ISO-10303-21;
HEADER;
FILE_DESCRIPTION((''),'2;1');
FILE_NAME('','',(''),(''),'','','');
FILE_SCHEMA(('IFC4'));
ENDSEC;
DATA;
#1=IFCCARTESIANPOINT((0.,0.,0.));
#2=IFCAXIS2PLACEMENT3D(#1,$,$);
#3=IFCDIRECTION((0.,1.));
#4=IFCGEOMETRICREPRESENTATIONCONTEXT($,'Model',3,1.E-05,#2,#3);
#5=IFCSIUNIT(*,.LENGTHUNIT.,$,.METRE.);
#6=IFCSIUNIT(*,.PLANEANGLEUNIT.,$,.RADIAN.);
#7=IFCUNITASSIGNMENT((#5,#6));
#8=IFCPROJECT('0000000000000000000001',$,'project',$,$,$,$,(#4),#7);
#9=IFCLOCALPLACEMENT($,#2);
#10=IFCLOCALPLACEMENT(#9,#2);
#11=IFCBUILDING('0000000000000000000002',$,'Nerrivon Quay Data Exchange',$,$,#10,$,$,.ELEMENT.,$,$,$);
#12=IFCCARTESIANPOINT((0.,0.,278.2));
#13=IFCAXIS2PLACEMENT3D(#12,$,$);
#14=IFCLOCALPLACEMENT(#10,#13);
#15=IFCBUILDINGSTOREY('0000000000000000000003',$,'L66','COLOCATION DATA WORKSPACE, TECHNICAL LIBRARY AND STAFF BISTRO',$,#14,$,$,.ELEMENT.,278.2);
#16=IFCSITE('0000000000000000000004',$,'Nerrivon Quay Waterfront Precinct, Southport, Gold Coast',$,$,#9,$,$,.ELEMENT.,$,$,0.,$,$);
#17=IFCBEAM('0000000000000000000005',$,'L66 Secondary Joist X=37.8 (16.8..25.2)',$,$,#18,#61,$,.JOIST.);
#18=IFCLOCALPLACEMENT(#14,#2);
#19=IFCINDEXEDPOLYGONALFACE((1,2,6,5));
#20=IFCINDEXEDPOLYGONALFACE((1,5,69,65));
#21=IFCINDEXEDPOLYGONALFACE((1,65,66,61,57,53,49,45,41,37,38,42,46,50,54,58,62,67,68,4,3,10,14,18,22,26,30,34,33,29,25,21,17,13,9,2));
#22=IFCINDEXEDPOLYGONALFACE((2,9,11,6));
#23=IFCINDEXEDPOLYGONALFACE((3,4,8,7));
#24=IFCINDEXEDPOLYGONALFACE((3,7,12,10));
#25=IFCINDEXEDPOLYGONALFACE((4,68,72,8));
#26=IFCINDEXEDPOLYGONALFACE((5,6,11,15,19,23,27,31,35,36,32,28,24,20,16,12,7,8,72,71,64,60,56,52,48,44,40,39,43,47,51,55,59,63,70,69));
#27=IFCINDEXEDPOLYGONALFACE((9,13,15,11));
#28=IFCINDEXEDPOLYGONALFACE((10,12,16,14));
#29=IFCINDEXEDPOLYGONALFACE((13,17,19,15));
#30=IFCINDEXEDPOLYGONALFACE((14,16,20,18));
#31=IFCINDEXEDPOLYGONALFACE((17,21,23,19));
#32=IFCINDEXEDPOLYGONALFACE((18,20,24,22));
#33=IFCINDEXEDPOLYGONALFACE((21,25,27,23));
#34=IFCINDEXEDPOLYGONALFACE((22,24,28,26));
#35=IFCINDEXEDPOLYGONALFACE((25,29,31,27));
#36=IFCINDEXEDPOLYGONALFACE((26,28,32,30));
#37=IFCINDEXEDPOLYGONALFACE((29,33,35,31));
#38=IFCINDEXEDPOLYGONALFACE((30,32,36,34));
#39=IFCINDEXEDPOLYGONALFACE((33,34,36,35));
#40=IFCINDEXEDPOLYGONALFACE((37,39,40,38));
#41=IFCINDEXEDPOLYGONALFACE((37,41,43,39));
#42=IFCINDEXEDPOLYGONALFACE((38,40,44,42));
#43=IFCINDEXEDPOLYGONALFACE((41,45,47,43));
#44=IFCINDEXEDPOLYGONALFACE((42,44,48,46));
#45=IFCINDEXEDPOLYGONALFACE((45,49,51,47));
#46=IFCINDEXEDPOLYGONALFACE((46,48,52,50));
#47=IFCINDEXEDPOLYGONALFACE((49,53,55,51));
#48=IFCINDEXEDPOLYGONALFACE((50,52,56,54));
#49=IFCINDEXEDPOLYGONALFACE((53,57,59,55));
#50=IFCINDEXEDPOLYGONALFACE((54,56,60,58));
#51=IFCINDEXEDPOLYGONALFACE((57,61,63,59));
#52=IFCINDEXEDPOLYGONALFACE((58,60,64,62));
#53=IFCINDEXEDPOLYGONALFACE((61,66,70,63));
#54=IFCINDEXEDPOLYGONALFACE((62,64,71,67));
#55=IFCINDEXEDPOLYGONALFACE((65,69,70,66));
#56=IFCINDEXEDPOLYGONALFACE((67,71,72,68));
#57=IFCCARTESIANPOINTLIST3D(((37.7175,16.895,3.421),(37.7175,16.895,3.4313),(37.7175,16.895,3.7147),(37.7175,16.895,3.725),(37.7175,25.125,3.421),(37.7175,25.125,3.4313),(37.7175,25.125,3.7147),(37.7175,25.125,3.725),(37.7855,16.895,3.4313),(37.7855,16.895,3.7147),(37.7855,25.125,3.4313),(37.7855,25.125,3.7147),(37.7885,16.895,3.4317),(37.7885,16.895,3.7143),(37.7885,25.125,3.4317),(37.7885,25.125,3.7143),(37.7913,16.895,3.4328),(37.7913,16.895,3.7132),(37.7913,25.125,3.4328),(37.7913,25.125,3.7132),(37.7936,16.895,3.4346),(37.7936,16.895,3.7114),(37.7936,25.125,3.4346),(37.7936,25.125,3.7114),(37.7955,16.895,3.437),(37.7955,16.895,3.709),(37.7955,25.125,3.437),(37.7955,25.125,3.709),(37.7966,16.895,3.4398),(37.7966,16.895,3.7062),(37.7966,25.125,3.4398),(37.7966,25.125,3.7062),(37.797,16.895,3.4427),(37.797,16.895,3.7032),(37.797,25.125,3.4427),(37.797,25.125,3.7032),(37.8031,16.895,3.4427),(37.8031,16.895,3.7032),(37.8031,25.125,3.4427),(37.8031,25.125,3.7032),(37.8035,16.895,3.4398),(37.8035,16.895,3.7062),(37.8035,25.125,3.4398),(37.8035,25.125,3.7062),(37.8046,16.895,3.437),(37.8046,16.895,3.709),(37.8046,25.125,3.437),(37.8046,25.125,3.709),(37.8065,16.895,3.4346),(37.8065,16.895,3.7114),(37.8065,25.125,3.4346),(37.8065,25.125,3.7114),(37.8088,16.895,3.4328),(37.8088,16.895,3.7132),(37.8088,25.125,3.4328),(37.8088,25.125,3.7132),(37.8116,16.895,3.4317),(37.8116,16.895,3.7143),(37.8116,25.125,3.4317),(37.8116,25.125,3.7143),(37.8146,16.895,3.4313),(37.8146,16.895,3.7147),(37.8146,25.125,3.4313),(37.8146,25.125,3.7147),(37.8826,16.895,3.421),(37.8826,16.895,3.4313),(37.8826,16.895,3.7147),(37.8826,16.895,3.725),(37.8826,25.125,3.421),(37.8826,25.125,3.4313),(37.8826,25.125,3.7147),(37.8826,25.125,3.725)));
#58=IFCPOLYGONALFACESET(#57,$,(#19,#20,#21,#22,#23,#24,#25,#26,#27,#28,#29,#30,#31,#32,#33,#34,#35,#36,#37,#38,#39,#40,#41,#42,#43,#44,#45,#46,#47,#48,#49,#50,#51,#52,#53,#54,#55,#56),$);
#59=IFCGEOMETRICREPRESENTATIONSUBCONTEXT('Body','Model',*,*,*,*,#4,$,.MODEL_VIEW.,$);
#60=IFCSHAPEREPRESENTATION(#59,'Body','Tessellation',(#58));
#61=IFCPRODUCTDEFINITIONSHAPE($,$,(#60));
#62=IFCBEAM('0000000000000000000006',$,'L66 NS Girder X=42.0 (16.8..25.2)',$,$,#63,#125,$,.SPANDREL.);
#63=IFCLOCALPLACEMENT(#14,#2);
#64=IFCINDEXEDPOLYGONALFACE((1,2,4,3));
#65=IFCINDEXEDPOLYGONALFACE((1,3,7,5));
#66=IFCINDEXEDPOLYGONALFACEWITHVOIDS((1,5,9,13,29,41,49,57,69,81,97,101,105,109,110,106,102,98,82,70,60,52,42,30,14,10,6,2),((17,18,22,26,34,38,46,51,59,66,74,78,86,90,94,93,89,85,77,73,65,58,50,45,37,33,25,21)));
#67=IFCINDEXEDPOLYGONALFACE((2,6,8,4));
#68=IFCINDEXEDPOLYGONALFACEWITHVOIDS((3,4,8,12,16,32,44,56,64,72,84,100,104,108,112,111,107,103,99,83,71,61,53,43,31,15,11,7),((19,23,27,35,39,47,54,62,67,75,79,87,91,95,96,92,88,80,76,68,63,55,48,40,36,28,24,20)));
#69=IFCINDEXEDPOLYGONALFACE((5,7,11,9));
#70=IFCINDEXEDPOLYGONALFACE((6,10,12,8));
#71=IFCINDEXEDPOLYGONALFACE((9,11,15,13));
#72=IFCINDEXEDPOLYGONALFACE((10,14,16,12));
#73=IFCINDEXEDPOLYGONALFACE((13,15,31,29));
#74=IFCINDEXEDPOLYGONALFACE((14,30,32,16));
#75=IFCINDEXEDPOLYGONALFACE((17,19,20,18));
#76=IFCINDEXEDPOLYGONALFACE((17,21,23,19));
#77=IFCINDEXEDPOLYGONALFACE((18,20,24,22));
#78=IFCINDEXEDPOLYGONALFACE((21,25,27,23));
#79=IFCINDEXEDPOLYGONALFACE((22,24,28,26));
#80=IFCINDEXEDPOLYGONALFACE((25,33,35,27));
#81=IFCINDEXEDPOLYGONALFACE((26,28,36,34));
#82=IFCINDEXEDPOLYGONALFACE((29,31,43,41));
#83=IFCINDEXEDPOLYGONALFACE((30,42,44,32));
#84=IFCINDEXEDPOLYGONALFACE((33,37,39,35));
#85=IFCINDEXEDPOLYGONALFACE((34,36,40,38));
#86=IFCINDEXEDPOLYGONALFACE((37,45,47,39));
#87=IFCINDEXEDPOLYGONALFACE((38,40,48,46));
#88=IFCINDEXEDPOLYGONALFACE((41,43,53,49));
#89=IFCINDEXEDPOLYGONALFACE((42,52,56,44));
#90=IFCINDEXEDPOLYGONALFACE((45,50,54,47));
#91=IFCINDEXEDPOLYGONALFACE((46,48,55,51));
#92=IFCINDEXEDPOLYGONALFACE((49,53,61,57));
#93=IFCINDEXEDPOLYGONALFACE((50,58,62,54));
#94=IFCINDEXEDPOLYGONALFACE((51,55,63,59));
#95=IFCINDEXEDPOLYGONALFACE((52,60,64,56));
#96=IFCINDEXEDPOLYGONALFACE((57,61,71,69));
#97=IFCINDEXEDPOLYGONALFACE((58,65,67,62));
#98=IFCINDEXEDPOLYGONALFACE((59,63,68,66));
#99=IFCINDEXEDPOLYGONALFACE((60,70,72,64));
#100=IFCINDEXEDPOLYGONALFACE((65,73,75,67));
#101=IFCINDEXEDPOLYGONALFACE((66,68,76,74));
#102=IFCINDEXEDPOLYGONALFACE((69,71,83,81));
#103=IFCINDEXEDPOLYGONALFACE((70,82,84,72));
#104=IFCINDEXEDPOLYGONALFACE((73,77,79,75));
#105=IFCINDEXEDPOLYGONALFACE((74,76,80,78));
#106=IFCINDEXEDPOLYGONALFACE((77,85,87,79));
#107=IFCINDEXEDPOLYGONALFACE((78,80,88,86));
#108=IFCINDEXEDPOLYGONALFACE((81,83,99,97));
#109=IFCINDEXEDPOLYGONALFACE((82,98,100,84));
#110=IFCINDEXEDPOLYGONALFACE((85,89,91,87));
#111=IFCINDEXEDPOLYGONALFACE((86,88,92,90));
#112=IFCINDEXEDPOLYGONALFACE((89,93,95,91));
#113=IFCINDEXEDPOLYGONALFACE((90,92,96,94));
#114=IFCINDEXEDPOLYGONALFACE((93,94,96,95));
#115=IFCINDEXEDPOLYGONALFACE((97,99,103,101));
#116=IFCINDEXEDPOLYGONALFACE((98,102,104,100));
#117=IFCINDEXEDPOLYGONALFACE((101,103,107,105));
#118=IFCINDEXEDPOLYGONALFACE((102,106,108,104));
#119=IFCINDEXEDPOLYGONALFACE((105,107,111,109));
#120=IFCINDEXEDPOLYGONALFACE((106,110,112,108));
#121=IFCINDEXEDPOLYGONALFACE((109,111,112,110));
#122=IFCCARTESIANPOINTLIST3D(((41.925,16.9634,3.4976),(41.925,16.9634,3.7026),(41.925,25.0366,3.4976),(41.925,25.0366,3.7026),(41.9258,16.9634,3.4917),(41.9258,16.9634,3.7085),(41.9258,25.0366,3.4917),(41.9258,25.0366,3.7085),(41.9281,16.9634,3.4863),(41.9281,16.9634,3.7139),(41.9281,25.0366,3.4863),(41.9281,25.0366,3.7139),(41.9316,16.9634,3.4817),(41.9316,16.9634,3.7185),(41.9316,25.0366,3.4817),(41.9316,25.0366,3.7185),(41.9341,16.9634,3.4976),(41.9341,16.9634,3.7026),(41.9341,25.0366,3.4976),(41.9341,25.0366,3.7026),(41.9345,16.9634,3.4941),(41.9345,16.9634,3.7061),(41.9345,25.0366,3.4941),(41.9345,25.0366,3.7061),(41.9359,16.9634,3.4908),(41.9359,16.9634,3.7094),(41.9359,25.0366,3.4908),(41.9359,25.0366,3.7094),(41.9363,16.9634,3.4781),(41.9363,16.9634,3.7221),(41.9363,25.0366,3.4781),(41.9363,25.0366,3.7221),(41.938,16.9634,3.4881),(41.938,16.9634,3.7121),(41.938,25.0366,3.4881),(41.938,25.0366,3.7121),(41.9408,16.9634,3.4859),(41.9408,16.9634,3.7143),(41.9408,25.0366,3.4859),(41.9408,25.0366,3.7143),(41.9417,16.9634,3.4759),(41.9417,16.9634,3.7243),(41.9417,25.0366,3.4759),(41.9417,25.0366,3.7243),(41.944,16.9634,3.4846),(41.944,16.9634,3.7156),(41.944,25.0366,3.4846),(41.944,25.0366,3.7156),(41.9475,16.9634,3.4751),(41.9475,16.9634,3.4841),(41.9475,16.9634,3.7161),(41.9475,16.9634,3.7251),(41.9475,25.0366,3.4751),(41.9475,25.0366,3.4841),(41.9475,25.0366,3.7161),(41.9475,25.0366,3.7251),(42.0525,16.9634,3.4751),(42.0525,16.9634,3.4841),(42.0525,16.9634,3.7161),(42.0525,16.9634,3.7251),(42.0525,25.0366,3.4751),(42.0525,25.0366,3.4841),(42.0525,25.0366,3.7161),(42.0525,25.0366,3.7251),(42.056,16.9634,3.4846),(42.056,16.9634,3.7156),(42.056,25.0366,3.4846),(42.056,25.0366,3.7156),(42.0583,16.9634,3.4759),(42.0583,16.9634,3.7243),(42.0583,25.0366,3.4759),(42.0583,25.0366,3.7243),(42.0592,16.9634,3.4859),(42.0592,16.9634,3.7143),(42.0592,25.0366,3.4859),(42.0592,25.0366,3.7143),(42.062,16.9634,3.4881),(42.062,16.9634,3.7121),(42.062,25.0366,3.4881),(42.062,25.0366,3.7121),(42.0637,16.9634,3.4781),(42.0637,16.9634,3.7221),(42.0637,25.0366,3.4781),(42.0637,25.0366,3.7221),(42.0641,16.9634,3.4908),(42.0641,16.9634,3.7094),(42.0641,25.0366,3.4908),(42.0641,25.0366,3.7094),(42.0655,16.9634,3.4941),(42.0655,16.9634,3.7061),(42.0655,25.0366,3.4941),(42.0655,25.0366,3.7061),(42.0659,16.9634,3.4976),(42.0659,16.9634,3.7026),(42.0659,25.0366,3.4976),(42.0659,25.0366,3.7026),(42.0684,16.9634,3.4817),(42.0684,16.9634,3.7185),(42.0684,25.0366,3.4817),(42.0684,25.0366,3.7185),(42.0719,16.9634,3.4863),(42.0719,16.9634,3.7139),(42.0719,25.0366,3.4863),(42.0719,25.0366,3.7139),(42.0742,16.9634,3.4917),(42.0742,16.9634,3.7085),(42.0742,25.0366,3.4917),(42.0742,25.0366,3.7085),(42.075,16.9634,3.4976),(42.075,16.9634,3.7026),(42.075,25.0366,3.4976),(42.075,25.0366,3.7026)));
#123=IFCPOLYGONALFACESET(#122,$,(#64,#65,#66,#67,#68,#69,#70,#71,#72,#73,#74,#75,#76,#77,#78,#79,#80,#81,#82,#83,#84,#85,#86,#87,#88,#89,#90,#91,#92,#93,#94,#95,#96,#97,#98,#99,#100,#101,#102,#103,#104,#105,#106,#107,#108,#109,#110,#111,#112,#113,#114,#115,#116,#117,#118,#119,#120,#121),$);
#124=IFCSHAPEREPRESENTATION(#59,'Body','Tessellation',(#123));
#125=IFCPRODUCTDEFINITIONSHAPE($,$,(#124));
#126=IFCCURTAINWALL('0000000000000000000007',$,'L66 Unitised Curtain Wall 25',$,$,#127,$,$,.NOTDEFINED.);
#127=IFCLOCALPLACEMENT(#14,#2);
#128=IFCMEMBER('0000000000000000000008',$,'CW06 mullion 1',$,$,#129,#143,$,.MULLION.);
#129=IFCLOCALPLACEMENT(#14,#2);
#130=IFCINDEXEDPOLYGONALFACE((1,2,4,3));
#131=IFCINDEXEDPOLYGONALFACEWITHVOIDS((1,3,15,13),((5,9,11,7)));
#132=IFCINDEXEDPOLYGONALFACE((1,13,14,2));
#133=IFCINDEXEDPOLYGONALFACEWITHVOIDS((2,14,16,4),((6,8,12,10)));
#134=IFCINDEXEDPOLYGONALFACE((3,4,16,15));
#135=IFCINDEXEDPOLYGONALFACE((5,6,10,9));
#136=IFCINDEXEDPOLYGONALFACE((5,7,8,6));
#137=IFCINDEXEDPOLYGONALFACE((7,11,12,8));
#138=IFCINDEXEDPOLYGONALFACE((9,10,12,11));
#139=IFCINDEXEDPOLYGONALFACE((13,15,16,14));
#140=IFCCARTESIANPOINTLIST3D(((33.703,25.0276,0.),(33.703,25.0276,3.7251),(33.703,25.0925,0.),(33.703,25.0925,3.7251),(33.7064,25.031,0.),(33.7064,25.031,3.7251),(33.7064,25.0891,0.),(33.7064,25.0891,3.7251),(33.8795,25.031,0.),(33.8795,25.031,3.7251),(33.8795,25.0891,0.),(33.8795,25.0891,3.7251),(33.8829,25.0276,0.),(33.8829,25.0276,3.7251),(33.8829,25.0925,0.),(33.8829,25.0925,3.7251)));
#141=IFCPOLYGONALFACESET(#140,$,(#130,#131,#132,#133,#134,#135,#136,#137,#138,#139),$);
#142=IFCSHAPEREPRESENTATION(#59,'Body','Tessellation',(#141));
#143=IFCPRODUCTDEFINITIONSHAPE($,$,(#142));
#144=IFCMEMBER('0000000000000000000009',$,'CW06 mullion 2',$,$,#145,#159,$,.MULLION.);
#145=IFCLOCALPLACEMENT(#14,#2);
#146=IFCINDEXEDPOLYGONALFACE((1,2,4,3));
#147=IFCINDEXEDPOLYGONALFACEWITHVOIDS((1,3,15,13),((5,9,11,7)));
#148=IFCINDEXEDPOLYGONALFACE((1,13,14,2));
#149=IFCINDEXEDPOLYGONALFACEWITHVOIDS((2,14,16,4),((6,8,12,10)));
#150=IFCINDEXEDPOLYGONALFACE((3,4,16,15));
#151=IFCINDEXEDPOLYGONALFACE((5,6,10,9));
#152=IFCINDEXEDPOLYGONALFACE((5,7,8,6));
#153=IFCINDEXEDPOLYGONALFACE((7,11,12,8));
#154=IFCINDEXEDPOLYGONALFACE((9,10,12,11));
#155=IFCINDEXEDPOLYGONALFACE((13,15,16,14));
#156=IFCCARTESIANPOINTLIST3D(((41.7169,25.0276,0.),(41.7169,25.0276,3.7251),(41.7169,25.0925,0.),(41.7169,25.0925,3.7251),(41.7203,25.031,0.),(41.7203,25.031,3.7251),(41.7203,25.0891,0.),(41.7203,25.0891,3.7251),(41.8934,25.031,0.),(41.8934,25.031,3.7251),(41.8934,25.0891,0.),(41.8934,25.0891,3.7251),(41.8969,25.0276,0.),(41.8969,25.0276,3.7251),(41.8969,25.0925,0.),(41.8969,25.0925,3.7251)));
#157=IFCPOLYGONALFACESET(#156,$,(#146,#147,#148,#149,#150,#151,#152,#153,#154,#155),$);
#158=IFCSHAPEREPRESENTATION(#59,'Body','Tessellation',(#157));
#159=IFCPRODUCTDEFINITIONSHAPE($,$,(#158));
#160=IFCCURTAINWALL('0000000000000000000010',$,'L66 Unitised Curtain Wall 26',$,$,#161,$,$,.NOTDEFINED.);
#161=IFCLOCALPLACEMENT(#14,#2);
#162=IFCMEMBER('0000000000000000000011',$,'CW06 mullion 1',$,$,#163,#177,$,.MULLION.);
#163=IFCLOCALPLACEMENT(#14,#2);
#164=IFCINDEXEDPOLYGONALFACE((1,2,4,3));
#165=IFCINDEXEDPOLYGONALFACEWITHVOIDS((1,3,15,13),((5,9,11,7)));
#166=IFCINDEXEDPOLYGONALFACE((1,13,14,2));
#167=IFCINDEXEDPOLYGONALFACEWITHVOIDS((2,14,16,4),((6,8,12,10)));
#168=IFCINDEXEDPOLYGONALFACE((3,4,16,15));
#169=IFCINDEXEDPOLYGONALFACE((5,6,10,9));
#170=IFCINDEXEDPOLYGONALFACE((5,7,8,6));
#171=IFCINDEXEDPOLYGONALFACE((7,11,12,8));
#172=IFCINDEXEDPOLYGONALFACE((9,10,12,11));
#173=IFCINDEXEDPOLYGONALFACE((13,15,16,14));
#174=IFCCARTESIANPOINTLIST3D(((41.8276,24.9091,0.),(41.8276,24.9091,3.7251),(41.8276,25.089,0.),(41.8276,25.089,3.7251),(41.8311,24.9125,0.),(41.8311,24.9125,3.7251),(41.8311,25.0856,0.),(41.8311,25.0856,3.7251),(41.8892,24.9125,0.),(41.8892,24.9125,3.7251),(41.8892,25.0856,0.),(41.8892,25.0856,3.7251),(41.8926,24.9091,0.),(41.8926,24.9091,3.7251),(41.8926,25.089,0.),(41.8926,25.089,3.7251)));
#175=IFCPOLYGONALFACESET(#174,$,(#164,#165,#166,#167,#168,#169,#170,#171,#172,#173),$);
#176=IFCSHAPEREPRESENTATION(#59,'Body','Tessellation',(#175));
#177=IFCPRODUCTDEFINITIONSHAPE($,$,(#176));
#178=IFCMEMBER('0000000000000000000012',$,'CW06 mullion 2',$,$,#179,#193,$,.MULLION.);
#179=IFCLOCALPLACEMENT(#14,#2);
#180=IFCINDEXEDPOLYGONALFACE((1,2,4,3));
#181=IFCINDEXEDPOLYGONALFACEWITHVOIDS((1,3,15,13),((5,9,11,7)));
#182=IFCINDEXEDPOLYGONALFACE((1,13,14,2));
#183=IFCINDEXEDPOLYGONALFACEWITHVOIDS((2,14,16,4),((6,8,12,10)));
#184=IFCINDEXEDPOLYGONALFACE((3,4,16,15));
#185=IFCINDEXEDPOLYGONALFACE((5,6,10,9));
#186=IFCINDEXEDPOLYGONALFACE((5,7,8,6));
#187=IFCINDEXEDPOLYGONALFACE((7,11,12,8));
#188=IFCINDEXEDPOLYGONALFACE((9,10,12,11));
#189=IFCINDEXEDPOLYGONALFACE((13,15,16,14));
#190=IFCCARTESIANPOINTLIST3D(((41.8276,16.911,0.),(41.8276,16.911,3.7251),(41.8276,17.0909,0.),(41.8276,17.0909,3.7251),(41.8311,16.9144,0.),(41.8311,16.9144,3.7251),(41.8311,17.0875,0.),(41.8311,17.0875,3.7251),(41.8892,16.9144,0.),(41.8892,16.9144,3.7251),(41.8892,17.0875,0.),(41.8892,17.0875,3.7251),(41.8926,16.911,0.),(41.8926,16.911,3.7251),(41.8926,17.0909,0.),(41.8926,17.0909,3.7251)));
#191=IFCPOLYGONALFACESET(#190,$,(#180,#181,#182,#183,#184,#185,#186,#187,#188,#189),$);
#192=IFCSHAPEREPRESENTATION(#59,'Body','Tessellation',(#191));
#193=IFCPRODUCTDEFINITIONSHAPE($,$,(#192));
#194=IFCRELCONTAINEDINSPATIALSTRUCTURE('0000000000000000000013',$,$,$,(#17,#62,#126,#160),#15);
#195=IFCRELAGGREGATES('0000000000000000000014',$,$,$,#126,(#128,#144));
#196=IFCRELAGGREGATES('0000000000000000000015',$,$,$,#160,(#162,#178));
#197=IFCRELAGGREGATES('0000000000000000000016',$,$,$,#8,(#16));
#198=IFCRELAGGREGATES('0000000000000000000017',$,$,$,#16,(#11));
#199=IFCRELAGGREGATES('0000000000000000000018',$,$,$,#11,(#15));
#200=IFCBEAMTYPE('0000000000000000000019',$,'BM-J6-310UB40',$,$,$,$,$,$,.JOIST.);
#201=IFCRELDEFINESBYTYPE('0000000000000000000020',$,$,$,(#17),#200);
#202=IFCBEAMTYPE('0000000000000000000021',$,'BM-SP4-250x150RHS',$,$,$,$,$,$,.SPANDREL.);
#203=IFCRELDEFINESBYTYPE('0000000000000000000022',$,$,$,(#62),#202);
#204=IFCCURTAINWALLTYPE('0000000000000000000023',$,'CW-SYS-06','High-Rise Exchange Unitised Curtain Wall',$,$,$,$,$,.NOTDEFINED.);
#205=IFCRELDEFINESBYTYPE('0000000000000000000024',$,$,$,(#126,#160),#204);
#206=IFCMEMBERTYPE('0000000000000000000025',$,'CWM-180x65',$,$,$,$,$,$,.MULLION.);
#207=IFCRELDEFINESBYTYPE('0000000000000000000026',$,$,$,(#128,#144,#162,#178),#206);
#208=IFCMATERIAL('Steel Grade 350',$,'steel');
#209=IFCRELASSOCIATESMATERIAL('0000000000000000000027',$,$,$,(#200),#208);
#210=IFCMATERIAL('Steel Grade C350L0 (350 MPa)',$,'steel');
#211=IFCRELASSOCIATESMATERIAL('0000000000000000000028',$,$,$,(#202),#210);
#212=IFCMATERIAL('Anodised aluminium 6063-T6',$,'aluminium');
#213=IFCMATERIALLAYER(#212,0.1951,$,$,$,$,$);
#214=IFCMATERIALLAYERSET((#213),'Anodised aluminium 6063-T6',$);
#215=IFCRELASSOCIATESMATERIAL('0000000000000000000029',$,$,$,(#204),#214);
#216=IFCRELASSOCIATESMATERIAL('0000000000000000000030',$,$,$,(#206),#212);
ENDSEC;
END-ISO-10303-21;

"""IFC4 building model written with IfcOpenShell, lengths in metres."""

from ifc_helpers import new_model, si_unit, direction, frame, origin, origin_2d, place, context, subcontext, project, spatial, hollow_rectangle, i_section, extrude, material, layer, layer_set, material_profile, profile_set, type_object, element, aggregate, save


model = new_model("IFC4")

# Units and contexts
model_context = context("Model", 3, precision=1e-05, world=origin(), true_north=direction((0.0, 1.0)))
body_context = subcontext(model_context, "Body", "Model", "MODEL_VIEW")
ifc_project = project(units=[si_unit("LENGTHUNIT", "METRE"), si_unit("PLANEANGLEUNIT", "RADIAN")], contexts=[model_context])

# Site, building, storey
site_placement = place(None, origin())
site = spatial("IfcSite", under=ifc_project, at=site_placement, Name="Nerrivon Quay Waterfront Precinct, Southport, Gold Coast", CompositionType="ELEMENT", RefElevation=0.0)
building_placement = place(site_placement, origin())
building = spatial("IfcBuilding", under=site, at=building_placement, Name="Nerrivon Quay Data Exchange", CompositionType="ELEMENT")
storey_placement = place(building_placement, frame((0.0, 0.0, 278.2)))
storey = spatial("IfcBuildingStorey", under=building, at=storey_placement, Name="L66", Description="COLOCATION DATA WORKSPACE, TECHNICAL LIBRARY AND STAFF BISTRO", CompositionType="ELEMENT", Elevation=278.2)

# Shared definitions
ifc_material_1 = material(Name="Steel Grade 350", Category="steel")

# Beams
ifc_material_profile_1 = material_profile(ifc_material_1, i_section(OverallWidth=0.165, OverallDepth=0.304, WebThickness=0.0061, FlangeThickness=0.0103, FilletRadius=0.0115, at=origin_2d()), Name="310UB40.4")
ifc_profile_set_1 = profile_set([ifc_material_profile_1], Name="Steel Grade 350")
beam_type_1 = type_object("IfcBeamType", Name="BM-J6-310UB40", PredefinedType="JOIST", material=ifc_profile_set_1)
beam_1_placement = place(storey_placement, frame((37.8, 16.895, 3.573), z_axis=(0.0, 1.0, 0.0), x_axis=(-1.0, 0.0, 0.0)))
element("IfcBeam", 1, at=beam_1_placement, inside=storey, type_object=beam_type_1, Name="L66 Secondary Joist X=37.8 (16.8..25.2)", PredefinedType="JOIST", context=body_context, shape_type="SweptSolid", body=[
    extrude(i_section(OverallWidth=0.165, OverallDepth=0.304, WebThickness=0.0061, FlangeThickness=0.0103, FilletRadius=0.0115, at=origin_2d()), origin(), (0.0, 0.0, 1.0), 8.23),
])
ifc_material_2 = material(Name="Steel Grade C350L0 (350 MPa)", Category="steel")
ifc_material_profile_2 = material_profile(ifc_material_2, hollow_rectangle(XDim=0.1499, YDim=0.25, WallThickness=0.009, InnerFilletRadius=0.0134, OuterFilletRadius=0.0225, at=origin_2d()), Name="250x150x9.0RHS")
ifc_profile_set_2 = profile_set([ifc_material_profile_2], Name="Steel Grade C350L0 (350 MPa)")
beam_type_2 = type_object("IfcBeamType", Name="BM-SP4-250x150RHS", PredefinedType="SPANDREL", material=ifc_profile_set_2)
beam_2_placement = place(storey_placement, frame((42.0, 16.9634, 3.6001), z_axis=(0.0, 1.0, 0.0), x_axis=(-1.0, 0.0, 0.0)))
element("IfcBeam", 2, at=beam_2_placement, inside=storey, type_object=beam_type_2, Name="L66 NS Girder X=42.0 (16.8..25.2)", PredefinedType="SPANDREL", context=body_context, shape_type="SweptSolid", body=[
    extrude(hollow_rectangle(XDim=0.1499, YDim=0.25, WallThickness=0.009, InnerFilletRadius=0.0134, OuterFilletRadius=0.0225, at=origin_2d()), origin(), (0.0, 0.0, 1.0), 8.0732),
])

# Curtain walls, members
ifc_material_3 = material(Name="Anodised aluminium 6063-T6", Category="aluminium")
ifc_layer_1 = layer(ifc_material_3, 0.1951)
ifc_layer_set_1 = layer_set([ifc_layer_1], Name="Anodised aluminium 6063-T6")
curtain_wall_type = type_object("IfcCurtainWallType", Name="CW-SYS-06", Description="High-Rise Exchange Unitised Curtain Wall", PredefinedType="NOTDEFINED", material=ifc_layer_set_1)
curtain_wall_1_placement = place(storey_placement, origin())
curtain_wall_1 = element("IfcCurtainWall", 3, at=curtain_wall_1_placement, inside=storey, type_object=curtain_wall_type, Name="L66 Unitised Curtain Wall 25", PredefinedType="NOTDEFINED")
ifc_material_profile_3 = material_profile(ifc_material_3, hollow_rectangle(XDim=0.0649, YDim=0.1799, WallThickness=0.0034, at=origin_2d()), Name="ALU-MULL-180x65")
ifc_profile_set_3 = profile_set([ifc_material_profile_3], Name="Anodised aluminium 6063-T6")
member_type_1 = type_object("IfcMemberType", Name="CWM-180x65", PredefinedType="MULLION", material=ifc_profile_set_3)
member_1_placement = place(storey_placement, frame((33.793, 25.0601, 0.0), z_axis=(0.0, 0.0, 1.0), x_axis=(0.0, 1.0, 0.0)))
member_1 = element("IfcMember", 4, at=member_1_placement, type_object=member_type_1, Name="CW06 mullion 1", PredefinedType="MULLION", context=body_context, shape_type="SweptSolid", body=[
    extrude(hollow_rectangle(XDim=0.0649, YDim=0.1799, WallThickness=0.0034, at=origin_2d()), origin(), (0.0, 0.0, 1.0), 3.7251),
])
member_2_placement = place(storey_placement, frame((41.8069, 25.0601, 0.0), z_axis=(0.0, 0.0, 1.0), x_axis=(0.0, 1.0, 0.0)))
member_2 = element("IfcMember", 5, at=member_2_placement, type_object=member_type_1, Name="CW06 mullion 2", PredefinedType="MULLION", context=body_context, shape_type="SweptSolid", body=[
    extrude(hollow_rectangle(XDim=0.0649, YDim=0.1799, WallThickness=0.0034, at=origin_2d()), origin(), (0.0, 0.0, 1.0), 3.7251),
])
curtain_wall_2_placement = place(storey_placement, origin())
curtain_wall_2 = element("IfcCurtainWall", 6, at=curtain_wall_2_placement, inside=storey, type_object=curtain_wall_type, Name="L66 Unitised Curtain Wall 26", PredefinedType="NOTDEFINED")
member_3_placement = place(storey_placement, frame((41.8601, 24.999, 0.0), z_axis=(0.0, 0.0, 1.0), x_axis=(1.0, 0.0, 0.0)))
member_3 = element("IfcMember", 7, at=member_3_placement, type_object=member_type_1, Name="CW06 mullion 1", PredefinedType="MULLION", context=body_context, shape_type="SweptSolid", body=[
    extrude(hollow_rectangle(XDim=0.0649, YDim=0.1799, WallThickness=0.0034, at=origin_2d()), origin(), (0.0, 0.0, 1.0), 3.7251),
])
member_4_placement = place(storey_placement, frame((41.8601, 17.001, 0.0), z_axis=(0.0, 0.0, 1.0), x_axis=(1.0, 0.0, 0.0)))
member_4 = element("IfcMember", 8, at=member_4_placement, type_object=member_type_1, Name="CW06 mullion 2", PredefinedType="MULLION", context=body_context, shape_type="SweptSolid", body=[
    extrude(hollow_rectangle(XDim=0.0649, YDim=0.1799, WallThickness=0.0034, at=origin_2d()), origin(), (0.0, 0.0, 1.0), 3.7251),
])

aggregate(curtain_wall_1, [member_1, member_2])
aggregate(curtain_wall_2, [member_3, member_4])

save(model, "model.ifc")
